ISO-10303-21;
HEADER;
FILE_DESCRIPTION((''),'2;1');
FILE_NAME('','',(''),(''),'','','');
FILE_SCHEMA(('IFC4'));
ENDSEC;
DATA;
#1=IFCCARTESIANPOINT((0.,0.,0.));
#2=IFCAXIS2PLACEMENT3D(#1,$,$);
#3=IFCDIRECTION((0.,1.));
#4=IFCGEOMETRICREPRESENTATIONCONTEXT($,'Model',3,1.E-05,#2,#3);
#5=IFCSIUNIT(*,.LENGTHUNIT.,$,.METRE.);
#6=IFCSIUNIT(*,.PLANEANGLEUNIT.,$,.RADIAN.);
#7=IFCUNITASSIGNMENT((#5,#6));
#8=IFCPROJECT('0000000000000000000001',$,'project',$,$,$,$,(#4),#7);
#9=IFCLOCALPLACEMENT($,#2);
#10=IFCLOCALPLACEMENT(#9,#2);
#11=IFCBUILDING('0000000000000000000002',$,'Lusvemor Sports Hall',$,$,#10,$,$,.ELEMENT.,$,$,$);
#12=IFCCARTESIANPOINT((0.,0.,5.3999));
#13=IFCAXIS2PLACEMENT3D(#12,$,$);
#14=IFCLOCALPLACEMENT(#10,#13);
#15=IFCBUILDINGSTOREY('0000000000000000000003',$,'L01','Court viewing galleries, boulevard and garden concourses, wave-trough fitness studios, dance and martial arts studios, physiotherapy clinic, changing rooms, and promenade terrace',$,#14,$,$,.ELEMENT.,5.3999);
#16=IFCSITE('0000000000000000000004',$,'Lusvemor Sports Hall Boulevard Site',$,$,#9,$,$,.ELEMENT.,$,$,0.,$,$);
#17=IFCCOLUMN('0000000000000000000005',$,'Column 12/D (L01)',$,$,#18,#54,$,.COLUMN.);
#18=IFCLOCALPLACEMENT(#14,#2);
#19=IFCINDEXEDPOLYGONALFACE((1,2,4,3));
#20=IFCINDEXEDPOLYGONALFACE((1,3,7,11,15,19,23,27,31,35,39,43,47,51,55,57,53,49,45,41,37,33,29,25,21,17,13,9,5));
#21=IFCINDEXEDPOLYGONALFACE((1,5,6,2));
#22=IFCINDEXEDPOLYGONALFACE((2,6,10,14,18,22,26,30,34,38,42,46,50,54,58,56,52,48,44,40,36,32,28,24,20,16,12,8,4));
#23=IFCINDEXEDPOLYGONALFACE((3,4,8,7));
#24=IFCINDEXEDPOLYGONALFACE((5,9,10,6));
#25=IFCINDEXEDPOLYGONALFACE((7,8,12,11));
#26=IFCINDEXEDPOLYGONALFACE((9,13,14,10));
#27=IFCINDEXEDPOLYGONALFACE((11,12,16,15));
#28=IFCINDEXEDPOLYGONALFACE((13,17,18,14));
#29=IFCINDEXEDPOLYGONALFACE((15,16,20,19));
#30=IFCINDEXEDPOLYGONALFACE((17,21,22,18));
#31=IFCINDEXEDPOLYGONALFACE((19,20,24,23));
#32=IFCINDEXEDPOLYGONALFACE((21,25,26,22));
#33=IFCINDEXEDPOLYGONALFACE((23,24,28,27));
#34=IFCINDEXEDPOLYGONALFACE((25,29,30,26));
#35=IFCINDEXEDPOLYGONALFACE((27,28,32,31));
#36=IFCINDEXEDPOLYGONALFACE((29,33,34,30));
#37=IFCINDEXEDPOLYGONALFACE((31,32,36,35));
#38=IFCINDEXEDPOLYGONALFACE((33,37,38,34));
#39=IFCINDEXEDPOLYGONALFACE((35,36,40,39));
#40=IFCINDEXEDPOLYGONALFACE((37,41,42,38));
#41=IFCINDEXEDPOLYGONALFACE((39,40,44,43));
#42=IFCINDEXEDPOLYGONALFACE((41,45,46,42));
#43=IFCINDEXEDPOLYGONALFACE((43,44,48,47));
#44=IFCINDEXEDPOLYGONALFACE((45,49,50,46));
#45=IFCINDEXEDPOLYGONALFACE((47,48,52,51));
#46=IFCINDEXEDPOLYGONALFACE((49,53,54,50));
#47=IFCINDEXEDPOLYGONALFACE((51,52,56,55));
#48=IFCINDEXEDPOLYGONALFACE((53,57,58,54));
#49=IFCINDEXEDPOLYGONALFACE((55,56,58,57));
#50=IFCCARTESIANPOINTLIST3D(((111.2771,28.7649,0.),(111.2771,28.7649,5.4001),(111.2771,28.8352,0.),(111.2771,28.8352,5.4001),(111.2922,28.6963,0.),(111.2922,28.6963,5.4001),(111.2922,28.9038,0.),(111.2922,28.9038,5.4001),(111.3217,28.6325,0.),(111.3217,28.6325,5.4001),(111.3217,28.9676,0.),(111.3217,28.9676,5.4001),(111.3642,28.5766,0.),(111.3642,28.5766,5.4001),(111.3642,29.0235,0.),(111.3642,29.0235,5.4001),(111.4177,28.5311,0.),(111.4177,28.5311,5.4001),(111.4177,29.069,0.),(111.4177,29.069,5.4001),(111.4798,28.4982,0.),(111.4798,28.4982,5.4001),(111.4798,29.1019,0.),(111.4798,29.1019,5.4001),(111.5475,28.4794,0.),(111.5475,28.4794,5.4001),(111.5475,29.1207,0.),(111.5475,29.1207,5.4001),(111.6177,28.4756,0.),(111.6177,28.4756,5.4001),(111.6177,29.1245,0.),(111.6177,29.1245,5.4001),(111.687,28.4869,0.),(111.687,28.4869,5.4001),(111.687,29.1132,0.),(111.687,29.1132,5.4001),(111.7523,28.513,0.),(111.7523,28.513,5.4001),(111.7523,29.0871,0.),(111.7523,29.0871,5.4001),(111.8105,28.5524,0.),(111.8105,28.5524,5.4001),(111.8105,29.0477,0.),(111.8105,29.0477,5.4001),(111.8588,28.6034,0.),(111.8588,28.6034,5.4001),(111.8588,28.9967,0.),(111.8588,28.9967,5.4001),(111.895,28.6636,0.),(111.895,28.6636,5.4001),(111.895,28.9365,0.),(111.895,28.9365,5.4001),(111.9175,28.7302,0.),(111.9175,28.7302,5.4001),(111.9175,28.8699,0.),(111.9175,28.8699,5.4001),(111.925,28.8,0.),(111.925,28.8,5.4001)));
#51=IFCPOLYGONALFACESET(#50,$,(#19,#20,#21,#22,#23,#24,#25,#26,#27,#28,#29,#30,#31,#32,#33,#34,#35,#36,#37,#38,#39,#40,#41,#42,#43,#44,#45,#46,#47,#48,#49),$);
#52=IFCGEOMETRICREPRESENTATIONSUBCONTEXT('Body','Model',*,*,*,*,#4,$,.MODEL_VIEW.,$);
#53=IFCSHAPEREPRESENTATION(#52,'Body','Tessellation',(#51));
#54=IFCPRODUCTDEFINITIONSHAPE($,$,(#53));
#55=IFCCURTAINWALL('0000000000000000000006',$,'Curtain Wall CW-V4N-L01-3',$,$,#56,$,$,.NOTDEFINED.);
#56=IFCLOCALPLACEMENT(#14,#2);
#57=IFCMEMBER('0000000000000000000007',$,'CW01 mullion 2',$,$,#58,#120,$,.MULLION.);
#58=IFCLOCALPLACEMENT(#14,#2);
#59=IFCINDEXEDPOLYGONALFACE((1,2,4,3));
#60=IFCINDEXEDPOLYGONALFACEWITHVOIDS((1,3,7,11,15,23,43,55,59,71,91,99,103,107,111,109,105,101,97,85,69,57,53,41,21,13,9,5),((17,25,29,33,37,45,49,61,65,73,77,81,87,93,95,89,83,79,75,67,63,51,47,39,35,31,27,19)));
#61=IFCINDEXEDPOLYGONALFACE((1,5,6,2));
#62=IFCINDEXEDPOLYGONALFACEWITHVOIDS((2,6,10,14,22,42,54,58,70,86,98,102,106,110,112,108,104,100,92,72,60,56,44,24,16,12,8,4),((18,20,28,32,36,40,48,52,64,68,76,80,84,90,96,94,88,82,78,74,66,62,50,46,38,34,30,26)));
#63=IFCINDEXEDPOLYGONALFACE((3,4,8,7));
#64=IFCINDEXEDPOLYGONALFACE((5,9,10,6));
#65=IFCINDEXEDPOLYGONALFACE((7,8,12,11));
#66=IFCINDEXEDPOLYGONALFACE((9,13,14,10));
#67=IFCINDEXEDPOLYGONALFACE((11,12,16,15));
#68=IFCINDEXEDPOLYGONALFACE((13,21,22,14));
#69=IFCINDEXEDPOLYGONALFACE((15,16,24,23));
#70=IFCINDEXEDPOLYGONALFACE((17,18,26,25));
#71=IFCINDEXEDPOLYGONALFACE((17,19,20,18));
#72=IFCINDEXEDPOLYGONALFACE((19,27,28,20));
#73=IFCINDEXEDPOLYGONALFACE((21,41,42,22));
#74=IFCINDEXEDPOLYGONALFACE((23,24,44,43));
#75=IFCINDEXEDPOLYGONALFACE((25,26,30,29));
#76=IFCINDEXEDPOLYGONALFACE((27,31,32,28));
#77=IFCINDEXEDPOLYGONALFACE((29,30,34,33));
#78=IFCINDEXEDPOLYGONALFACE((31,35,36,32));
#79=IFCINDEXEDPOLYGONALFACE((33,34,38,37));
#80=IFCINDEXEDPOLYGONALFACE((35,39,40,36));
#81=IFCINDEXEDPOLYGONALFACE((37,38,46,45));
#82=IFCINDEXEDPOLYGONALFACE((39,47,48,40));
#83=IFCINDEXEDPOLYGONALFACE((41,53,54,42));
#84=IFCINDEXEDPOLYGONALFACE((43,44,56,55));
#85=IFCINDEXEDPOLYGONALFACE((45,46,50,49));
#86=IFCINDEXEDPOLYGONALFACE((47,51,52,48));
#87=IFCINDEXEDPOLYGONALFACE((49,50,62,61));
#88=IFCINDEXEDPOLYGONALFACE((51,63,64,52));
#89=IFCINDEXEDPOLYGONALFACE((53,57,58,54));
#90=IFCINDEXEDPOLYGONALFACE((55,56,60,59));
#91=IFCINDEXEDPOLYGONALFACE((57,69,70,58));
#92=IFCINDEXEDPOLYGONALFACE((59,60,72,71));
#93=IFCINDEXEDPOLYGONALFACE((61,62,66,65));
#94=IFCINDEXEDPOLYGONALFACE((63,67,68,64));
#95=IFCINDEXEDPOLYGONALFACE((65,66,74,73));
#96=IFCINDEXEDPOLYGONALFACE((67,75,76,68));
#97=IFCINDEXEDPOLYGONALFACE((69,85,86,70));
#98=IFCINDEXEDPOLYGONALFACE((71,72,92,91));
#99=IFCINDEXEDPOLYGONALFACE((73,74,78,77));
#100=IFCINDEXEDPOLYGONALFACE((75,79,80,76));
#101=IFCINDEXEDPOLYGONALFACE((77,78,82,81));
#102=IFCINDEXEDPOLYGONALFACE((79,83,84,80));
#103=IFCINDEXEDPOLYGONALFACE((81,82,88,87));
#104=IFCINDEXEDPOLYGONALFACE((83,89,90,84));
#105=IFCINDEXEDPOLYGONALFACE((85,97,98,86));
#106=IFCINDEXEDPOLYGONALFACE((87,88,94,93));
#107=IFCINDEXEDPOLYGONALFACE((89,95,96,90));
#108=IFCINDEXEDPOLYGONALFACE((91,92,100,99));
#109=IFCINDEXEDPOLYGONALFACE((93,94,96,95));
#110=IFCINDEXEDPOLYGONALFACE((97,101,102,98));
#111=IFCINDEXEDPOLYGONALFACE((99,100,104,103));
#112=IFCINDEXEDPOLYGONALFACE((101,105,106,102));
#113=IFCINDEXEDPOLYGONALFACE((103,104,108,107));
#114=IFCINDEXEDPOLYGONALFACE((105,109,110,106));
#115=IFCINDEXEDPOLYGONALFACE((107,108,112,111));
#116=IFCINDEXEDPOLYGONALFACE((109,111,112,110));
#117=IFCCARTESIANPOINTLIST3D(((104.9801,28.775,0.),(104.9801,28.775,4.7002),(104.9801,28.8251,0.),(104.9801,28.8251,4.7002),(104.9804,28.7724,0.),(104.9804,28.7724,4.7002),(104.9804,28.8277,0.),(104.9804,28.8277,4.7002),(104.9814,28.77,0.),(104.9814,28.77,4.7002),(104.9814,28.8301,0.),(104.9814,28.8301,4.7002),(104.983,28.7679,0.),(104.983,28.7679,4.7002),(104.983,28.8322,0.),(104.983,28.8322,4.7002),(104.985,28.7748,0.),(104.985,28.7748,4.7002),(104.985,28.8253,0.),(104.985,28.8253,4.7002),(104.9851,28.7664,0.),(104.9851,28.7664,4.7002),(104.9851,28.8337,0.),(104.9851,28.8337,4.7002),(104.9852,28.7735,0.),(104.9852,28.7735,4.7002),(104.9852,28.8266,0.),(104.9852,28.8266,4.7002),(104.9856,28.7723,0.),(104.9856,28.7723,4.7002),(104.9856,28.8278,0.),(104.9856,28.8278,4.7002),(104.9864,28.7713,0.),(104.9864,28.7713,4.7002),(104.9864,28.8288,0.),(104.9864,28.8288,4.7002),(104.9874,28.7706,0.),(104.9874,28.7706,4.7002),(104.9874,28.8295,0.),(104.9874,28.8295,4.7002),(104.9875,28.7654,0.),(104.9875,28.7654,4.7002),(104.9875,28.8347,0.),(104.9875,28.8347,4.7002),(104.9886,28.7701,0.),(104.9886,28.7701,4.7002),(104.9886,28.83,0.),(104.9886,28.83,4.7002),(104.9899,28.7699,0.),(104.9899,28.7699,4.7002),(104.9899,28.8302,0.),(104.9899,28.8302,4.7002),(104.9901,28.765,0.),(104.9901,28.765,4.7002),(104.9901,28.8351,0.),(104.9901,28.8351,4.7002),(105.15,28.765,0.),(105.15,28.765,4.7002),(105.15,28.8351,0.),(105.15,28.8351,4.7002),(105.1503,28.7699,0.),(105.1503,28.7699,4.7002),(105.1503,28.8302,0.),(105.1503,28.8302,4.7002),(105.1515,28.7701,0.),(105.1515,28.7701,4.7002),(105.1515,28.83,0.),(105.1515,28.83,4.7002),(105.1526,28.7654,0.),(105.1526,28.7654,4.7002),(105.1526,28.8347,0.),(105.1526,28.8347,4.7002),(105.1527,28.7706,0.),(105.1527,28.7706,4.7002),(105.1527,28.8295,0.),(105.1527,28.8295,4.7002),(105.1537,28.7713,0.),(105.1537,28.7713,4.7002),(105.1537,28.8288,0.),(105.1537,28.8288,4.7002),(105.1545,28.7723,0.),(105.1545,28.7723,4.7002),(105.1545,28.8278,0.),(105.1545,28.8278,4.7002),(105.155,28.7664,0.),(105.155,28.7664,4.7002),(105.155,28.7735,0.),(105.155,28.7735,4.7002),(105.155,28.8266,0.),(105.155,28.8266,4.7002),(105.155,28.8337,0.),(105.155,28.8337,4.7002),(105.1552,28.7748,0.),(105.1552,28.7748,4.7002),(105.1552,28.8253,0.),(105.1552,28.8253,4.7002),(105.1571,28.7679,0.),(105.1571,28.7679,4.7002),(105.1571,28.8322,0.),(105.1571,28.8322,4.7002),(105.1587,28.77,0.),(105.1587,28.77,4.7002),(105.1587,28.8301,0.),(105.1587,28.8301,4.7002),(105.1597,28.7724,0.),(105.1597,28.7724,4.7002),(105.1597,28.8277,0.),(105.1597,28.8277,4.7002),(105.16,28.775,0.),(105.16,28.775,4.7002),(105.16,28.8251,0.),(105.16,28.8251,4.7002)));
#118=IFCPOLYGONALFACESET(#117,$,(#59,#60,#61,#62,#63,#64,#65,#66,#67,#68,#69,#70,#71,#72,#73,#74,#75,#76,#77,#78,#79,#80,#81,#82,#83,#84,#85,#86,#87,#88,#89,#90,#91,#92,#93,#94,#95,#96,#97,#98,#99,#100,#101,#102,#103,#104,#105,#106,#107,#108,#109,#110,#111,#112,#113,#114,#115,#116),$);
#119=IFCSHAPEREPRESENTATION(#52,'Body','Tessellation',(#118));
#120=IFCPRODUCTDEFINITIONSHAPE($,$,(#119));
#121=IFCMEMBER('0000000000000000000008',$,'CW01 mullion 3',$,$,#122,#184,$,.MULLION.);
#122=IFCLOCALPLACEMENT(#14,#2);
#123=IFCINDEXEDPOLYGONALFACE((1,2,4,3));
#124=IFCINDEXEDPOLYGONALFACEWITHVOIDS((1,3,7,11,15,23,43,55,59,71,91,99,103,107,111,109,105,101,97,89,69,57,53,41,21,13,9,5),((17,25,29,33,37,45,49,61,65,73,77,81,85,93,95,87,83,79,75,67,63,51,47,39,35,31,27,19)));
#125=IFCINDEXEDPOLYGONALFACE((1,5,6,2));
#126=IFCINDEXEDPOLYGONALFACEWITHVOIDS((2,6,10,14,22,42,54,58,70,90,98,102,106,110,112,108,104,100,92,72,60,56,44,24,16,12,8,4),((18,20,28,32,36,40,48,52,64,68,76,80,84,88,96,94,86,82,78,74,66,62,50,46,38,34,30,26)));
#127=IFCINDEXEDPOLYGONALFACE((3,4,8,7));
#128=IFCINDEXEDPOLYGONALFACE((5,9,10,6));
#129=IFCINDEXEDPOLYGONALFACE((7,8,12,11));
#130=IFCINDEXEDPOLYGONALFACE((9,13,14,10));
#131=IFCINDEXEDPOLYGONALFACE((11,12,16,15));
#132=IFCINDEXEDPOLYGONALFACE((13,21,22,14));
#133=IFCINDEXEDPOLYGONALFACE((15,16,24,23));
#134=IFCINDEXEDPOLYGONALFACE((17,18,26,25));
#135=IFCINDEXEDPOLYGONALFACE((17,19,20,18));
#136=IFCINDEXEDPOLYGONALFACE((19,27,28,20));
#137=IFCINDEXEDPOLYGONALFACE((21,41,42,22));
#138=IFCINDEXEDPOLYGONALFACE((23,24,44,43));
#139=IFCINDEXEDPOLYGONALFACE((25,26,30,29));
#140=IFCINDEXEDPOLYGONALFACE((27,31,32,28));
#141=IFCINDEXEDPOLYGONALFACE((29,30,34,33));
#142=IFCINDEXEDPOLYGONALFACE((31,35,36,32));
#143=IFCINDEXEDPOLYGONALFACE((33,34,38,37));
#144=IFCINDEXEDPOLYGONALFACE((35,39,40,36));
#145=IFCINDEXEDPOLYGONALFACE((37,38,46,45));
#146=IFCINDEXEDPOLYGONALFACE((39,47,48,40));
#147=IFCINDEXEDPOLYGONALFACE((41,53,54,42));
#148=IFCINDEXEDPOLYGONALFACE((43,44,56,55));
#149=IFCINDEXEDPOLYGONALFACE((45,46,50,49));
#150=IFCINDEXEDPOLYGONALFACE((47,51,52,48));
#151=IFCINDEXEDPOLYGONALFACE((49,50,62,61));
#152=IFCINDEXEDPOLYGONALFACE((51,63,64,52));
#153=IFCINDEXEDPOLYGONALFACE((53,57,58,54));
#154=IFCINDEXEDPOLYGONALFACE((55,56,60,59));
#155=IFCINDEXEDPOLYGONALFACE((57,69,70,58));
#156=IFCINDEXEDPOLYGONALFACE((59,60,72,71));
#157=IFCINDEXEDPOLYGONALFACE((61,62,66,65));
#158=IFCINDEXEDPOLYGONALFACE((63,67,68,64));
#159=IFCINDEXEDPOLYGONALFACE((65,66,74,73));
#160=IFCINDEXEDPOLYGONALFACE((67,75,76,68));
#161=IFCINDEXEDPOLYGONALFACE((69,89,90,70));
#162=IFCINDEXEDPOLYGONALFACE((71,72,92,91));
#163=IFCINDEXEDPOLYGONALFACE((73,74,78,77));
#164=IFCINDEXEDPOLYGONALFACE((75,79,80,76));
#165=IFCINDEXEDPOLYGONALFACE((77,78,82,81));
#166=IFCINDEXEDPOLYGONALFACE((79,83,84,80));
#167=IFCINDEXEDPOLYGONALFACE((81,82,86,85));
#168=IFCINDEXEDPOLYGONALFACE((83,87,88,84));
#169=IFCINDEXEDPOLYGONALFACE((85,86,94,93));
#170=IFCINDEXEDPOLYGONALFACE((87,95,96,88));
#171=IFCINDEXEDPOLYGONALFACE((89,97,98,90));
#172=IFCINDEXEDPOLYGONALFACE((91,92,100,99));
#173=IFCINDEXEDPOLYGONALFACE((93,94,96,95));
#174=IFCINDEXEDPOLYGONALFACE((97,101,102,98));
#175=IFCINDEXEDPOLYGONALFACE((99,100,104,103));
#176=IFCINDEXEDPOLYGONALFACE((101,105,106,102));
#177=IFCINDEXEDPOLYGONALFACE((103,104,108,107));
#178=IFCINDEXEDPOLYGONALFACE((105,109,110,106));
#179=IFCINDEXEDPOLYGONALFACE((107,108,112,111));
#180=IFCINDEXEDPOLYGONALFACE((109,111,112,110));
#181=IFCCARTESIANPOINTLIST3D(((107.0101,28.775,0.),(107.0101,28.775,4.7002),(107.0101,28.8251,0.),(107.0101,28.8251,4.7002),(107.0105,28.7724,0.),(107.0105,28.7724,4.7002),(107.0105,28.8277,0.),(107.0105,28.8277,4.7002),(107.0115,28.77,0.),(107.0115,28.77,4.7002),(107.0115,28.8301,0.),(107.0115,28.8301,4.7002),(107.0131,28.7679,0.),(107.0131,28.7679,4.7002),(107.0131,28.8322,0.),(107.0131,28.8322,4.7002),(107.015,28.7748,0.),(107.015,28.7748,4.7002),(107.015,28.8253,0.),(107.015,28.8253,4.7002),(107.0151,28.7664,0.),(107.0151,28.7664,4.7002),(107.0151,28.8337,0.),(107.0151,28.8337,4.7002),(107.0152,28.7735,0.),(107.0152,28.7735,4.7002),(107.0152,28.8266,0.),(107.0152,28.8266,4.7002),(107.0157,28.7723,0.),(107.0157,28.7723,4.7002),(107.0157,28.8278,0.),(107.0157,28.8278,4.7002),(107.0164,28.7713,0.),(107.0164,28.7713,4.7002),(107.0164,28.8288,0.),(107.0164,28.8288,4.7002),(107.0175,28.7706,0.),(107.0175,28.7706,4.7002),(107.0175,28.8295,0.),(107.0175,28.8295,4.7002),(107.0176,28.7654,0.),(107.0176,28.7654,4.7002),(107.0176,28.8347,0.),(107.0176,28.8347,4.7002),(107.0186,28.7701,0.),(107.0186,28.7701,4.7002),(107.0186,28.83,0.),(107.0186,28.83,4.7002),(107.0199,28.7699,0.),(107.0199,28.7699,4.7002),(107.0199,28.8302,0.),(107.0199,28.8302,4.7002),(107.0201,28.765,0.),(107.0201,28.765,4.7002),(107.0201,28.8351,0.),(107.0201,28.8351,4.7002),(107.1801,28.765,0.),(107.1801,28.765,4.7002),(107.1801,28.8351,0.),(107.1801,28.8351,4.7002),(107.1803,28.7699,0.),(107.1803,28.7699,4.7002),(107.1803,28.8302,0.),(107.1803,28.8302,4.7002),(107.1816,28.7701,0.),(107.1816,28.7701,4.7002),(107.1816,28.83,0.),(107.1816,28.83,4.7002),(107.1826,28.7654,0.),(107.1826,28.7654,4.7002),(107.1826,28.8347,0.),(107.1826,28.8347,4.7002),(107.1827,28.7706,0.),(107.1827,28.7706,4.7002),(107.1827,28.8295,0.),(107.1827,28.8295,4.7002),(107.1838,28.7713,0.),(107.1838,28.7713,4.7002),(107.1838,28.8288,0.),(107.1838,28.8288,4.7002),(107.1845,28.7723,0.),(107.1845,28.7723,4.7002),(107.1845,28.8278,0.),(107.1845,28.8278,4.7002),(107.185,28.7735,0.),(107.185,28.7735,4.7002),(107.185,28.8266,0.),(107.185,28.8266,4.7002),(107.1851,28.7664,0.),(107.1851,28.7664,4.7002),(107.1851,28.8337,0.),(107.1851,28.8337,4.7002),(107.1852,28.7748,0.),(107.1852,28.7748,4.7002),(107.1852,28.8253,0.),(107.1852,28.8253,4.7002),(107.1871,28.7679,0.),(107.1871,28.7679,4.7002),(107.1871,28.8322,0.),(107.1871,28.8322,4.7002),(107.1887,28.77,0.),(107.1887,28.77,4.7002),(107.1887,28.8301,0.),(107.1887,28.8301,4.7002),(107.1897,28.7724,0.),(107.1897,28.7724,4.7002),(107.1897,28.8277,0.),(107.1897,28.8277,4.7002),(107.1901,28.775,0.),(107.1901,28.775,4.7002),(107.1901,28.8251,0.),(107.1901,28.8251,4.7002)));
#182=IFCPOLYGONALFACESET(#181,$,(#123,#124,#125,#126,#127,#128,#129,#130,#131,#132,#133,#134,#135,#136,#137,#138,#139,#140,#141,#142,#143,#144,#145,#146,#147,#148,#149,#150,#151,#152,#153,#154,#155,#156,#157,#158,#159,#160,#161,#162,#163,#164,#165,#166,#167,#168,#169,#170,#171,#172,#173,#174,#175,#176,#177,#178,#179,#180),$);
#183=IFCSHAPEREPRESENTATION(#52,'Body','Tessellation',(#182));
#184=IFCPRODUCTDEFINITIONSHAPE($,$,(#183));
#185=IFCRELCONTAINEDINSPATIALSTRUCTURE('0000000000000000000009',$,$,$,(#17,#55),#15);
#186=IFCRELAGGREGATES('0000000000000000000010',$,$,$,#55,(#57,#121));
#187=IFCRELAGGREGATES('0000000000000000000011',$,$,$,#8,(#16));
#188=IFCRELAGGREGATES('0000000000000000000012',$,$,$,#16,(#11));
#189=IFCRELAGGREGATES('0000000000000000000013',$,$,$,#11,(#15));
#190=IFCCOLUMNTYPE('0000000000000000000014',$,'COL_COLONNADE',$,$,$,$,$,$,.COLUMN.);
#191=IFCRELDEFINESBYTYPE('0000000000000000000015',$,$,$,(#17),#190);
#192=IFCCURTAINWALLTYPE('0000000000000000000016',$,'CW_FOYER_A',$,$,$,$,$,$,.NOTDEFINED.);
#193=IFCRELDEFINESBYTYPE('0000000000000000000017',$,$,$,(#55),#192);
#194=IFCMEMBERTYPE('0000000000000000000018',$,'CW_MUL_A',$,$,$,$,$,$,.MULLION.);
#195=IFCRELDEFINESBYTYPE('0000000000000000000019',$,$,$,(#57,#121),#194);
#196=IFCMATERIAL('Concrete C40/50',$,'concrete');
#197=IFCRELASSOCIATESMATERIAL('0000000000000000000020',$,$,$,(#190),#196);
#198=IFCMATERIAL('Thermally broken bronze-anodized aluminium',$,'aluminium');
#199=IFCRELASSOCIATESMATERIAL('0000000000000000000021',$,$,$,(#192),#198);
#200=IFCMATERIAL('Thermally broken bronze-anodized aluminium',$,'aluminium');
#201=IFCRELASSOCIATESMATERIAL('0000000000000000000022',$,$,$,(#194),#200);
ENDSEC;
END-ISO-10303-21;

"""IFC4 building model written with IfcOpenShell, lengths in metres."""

from ifc_helpers import new_model, si_unit, direction, frame, origin, origin_2d, place, context, subcontext, project, spatial, hollow_rectangle, circle, extrude, material, material_profile, profile_set, type_object, element, aggregate, save


model = new_model("IFC4")

# Units and contexts
model_context = context("Model", 3, precision=1e-05, world=origin(), true_north=direction((0.0, 1.0)))
body_context = subcontext(model_context, "Body", "Model", "MODEL_VIEW")
ifc_project = project(units=[si_unit("LENGTHUNIT", "METRE"), si_unit("PLANEANGLEUNIT", "RADIAN")], contexts=[model_context])

# Site, building, storey
site_placement = place(None, origin())
site = spatial("IfcSite", under=ifc_project, at=site_placement, Name="Lusvemor Sports Hall Boulevard Site", CompositionType="ELEMENT", RefElevation=0.0)
building_placement = place(site_placement, origin())
building = spatial("IfcBuilding", under=site, at=building_placement, Name="Lusvemor Sports Hall", CompositionType="ELEMENT")
storey_placement = place(building_placement, frame((0.0, 0.0, 5.3999)))
storey = spatial("IfcBuildingStorey", under=building, at=storey_placement, Name="L01", Description="Court viewing galleries, boulevard and garden concourses, wave-trough fitness studios, dance and martial arts studios, physiotherapy clinic, changing rooms, and promenade terrace", CompositionType="ELEMENT", Elevation=5.3999)

# Column
ifc_material_1 = material(Name="Concrete C40/50", Category="concrete")
ifc_material_profile_1 = material_profile(ifc_material_1, circle(Radius=0.325, at=origin_2d()), Name="RCCIRC650")
ifc_profile_set_1 = profile_set([ifc_material_profile_1], Name="Concrete C40/50")
column_type = type_object("IfcColumnType", Name="COL_COLONNADE", PredefinedType="COLUMN", material=ifc_profile_set_1)
column_placement = place(storey_placement, frame((111.6001, 28.8, 0.0), z_axis=(0.0, 0.0, 1.0), x_axis=(1.0, 0.0, 0.0)))
element("IfcColumn", 1, at=column_placement, inside=storey, type_object=column_type, Name="Column 12/D (L01)", PredefinedType="COLUMN", context=body_context, shape_type="SweptSolid", body=[
    extrude(circle(Radius=0.325, at=origin_2d()), origin(), (0.0, 0.0, 1.0), 5.4001),
])

# Curtain wall, members
ifc_material_2 = material(Name="Thermally broken bronze-anodized aluminium", Category="aluminium")
curtain_wall_type = type_object("IfcCurtainWallType", Name="CW_FOYER_A", PredefinedType="NOTDEFINED", material=ifc_material_2)
curtain_wall_1_placement = place(storey_placement, origin())
curtain_wall_1 = element("IfcCurtainWall", 2, at=curtain_wall_1_placement, inside=storey, type_object=curtain_wall_type, Name="Curtain Wall CW-V4N-L01-3", PredefinedType="NOTDEFINED")
ifc_material_3 = material(Name="Thermally broken bronze-anodized aluminium", Category="aluminium")
ifc_material_profile_2 = material_profile(ifc_material_3, hollow_rectangle(XDim=0.0701, YDim=0.1799, WallThickness=0.0049, InnerFilletRadius=0.0049, OuterFilletRadius=0.01, at=origin_2d()), Name="CWMUL180x70x5")
ifc_profile_set_2 = profile_set([ifc_material_profile_2], Name="Thermally broken bronze-anodized aluminium")
member_type_1 = type_object("IfcMemberType", Name="CW_MUL_A", PredefinedType="MULLION", material=ifc_profile_set_2)
member_1_placement = place(storey_placement, frame((105.0701, 28.8, 0.0), z_axis=(0.0, 0.0, 1.0), x_axis=(0.0, 1.0, 0.0)))
member_1 = element("IfcMember", 3, at=member_1_placement, type_object=member_type_1, Name="CW01 mullion 2", PredefinedType="MULLION", context=body_context, shape_type="SweptSolid", body=[
    extrude(hollow_rectangle(XDim=0.0701, YDim=0.1799, WallThickness=0.0049, InnerFilletRadius=0.0049, OuterFilletRadius=0.01, at=origin_2d()), origin(), (0.0, 0.0, 1.0), 4.7002),
])
member_2_placement = place(storey_placement, frame((107.1001, 28.8, 0.0), z_axis=(0.0, 0.0, 1.0), x_axis=(0.0, 1.0, 0.0)))
member_2 = element("IfcMember", 4, at=member_2_placement, type_object=member_type_1, Name="CW01 mullion 3", PredefinedType="MULLION", context=body_context, shape_type="SweptSolid", body=[
    extrude(hollow_rectangle(XDim=0.0701, YDim=0.1799, WallThickness=0.0049, InnerFilletRadius=0.0049, OuterFilletRadius=0.01, at=origin_2d()), origin(), (0.0, 0.0, 1.0), 4.7002),
])

aggregate(curtain_wall_1, [member_1, member_2])

save(model, "model.ifc")
